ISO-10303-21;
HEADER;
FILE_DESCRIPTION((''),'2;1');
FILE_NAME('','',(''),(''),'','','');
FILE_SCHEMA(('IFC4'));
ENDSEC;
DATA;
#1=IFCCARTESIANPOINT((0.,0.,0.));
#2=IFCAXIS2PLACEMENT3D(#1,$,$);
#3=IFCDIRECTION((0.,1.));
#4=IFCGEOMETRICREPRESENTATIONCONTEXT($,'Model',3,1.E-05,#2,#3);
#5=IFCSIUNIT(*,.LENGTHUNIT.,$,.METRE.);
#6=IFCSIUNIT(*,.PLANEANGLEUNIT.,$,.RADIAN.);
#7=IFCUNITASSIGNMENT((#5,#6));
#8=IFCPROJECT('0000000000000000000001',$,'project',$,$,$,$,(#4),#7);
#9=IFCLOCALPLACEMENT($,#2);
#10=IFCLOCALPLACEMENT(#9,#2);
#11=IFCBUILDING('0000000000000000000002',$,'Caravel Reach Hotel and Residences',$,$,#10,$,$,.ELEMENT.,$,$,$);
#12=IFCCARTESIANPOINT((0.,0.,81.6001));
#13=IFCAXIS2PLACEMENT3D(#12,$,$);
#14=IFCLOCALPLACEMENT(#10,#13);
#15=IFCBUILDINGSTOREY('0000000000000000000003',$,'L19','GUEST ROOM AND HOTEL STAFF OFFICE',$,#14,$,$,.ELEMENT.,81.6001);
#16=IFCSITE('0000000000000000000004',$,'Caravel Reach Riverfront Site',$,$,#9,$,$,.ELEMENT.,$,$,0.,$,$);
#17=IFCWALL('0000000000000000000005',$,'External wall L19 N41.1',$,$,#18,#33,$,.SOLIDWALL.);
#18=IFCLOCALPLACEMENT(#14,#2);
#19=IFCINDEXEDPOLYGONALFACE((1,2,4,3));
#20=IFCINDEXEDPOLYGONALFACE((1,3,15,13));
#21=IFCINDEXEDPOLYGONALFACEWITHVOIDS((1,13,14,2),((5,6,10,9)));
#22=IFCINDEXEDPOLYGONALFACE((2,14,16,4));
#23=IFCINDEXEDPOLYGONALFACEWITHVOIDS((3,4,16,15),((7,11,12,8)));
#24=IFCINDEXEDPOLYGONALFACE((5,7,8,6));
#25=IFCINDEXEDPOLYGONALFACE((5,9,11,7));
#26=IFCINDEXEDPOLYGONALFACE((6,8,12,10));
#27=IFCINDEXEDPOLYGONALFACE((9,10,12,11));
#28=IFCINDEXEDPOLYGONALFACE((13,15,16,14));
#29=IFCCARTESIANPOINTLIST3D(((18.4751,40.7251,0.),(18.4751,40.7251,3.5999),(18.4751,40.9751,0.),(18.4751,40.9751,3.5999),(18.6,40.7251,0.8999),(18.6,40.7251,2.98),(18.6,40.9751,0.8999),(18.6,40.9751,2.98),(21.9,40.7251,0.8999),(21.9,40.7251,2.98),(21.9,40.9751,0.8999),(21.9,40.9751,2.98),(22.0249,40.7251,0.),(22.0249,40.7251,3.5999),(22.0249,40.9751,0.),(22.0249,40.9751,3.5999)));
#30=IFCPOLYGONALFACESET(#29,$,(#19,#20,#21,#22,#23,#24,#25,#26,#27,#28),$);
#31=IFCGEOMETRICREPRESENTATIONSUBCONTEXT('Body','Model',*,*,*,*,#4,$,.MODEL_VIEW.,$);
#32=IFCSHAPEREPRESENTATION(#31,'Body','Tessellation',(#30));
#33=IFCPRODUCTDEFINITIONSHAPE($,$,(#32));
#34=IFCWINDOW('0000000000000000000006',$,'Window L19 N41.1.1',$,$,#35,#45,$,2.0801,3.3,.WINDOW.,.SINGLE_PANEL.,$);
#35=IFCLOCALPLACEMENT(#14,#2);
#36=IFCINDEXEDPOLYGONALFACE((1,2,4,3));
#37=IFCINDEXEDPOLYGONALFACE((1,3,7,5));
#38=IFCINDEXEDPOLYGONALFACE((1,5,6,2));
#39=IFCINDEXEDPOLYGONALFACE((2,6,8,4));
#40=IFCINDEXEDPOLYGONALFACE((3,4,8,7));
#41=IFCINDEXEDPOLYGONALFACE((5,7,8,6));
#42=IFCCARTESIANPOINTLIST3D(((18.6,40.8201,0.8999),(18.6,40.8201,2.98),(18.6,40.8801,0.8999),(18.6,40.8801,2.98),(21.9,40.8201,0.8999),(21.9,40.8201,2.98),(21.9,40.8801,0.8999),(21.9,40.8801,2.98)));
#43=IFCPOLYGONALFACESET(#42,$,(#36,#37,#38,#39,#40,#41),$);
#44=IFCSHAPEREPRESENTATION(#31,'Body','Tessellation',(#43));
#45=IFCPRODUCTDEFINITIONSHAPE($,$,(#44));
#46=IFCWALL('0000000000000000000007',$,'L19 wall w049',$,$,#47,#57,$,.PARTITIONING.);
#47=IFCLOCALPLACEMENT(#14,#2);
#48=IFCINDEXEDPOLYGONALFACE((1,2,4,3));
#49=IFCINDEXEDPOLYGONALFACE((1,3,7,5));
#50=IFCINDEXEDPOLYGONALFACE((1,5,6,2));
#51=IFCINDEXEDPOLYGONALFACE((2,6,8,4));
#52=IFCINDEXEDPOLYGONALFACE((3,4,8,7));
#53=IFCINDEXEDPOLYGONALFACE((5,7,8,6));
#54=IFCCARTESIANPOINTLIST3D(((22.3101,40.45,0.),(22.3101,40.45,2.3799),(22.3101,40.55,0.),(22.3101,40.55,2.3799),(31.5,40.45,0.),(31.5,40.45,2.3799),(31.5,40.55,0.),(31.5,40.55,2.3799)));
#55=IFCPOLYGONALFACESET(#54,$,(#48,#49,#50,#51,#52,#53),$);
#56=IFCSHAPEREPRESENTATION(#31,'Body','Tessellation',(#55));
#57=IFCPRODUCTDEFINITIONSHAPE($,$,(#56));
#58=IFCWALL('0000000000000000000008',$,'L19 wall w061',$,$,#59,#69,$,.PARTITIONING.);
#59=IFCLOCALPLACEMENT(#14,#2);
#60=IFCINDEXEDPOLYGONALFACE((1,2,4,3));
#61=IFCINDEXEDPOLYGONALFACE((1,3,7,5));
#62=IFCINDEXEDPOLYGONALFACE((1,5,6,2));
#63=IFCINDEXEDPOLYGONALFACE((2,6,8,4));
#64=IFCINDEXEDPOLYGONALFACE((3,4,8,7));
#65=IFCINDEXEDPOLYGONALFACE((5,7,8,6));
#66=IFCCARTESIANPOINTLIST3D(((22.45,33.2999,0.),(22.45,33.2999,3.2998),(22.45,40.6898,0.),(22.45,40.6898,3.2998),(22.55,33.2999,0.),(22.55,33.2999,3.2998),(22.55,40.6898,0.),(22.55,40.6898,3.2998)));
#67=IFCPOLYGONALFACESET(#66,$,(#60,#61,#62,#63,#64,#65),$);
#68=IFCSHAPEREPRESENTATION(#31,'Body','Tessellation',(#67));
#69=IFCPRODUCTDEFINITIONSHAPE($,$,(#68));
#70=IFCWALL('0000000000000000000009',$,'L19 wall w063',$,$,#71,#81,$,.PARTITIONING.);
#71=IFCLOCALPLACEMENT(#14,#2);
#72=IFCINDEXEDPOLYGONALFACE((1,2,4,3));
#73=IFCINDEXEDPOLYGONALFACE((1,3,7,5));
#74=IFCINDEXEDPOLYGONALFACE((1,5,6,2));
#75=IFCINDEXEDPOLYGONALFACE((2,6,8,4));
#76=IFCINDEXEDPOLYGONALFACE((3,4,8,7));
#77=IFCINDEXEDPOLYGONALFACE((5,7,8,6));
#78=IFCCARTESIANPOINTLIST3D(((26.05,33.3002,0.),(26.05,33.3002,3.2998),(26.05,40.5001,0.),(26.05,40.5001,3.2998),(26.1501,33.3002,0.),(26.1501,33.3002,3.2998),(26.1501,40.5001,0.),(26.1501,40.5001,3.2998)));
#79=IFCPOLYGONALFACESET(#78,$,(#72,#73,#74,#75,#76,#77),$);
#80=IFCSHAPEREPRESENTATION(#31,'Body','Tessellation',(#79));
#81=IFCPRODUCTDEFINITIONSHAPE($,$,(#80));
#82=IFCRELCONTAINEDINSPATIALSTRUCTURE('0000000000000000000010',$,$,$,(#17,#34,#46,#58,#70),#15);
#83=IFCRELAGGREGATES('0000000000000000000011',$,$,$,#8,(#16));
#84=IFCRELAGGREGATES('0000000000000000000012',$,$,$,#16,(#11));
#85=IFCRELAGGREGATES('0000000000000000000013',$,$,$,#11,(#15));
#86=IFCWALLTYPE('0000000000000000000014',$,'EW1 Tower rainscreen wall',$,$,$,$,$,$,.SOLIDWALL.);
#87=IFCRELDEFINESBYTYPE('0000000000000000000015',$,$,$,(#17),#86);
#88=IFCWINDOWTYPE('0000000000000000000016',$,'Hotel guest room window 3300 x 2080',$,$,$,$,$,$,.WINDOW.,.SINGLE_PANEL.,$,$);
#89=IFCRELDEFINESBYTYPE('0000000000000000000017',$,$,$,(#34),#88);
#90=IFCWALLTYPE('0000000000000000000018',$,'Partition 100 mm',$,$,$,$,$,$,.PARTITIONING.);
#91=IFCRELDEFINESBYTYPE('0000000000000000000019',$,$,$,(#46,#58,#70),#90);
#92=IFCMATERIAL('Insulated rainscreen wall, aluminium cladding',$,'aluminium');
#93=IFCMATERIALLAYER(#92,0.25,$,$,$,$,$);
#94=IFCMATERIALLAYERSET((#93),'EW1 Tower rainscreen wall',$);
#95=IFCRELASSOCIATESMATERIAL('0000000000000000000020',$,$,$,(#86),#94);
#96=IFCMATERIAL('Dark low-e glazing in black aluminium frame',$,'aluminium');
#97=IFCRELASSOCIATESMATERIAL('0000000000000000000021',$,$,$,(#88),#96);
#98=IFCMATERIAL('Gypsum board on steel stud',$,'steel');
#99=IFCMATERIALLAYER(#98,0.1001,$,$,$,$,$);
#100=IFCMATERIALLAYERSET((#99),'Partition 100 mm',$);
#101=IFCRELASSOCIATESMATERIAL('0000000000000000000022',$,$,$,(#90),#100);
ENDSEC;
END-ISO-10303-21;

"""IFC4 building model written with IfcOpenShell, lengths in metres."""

from ifc_helpers import new_model, si_unit, direction, frame, frame_2d, origin, place, context, subcontext, project, spatial, rectangle, extrude, material, layer, layer_set, type_object, element, fill, save


model = new_model("IFC4")

# Units and contexts
model_context = context("Model", 3, precision=1e-05, world=origin(), true_north=direction((0.0, 1.0)))
body_context = subcontext(model_context, "Body", "Model", "MODEL_VIEW")
ifc_project = project(units=[si_unit("LENGTHUNIT", "METRE"), si_unit("PLANEANGLEUNIT", "RADIAN")], contexts=[model_context])

# Site, building, storey
site_placement = place(None, origin())
site = spatial("IfcSite", under=ifc_project, at=site_placement, Name="Caravel Reach Riverfront Site", CompositionType="ELEMENT", RefElevation=0.0)
building_placement = place(site_placement, origin())
building = spatial("IfcBuilding", under=site, at=building_placement, Name="Caravel Reach Hotel and Residences", CompositionType="ELEMENT")
storey_placement = place(building_placement, frame((0.0, 0.0, 81.6001)))
storey = spatial("IfcBuildingStorey", under=building, at=storey_placement, Name="L19", Description="GUEST ROOM AND HOTEL STAFF OFFICE", CompositionType="ELEMENT", Elevation=81.6001)

# Wall, opening, window
ifc_material_1 = material(Name="Insulated rainscreen wall, aluminium cladding", Category="aluminium")
ifc_layer_1 = layer(ifc_material_1, 0.25)
ifc_layer_set_1 = layer_set([ifc_layer_1], Name="EW1 Tower rainscreen wall")
wall_type_1 = type_object("IfcWallType", Name="EW1 Tower rainscreen wall", PredefinedType="SOLIDWALL", material=ifc_layer_set_1)
wall_1_placement = place(storey_placement, frame((22.0249, 40.8501, 0.0), z_axis=(0.0, 0.0, 1.0), x_axis=(-1.0, 0.0, 0.0)))
wall_1 = element("IfcWall", 1, at=wall_1_placement, inside=storey, type_object=wall_type_1, Name="External wall L19 N41.1", PredefinedType="SOLIDWALL", context=body_context, shape_type="SweptSolid", body=[
    extrude(rectangle(XDim=3.5498, YDim=0.25, at=frame_2d((1.7749, 0.0))), origin(), (0.0, 0.0, 1.0), 3.5999),
])
opening_1_placement = place(wall_1_placement, frame((0.125, 0.0, 0.8999)))
opening_1 = element("IfcOpeningElement", 2, at=opening_1_placement, cuts=wall_1, PredefinedType="OPENING", context=body_context, shape_type="SweptSolid", body=[
    extrude(rectangle(XDim=3.3, YDim=2.0801, at=frame_2d((1.6499, 1.04))), frame((0.0, 0.135, 0.0), z_axis=(0.0, -1.0, 0.0), x_axis=(1.0, 0.0, 0.0)), (0.0, 0.0, 1.0), 0.27),
])
ifc_material_2 = material(Name="Dark low-e glazing in black aluminium frame", Category="aluminium")
window_type = type_object("IfcWindowType", Name="Hotel guest room window 3300 x 2080", PartitioningType="SINGLE_PANEL", PredefinedType="WINDOW", material=ifc_material_2)
window_placement = place(opening_1_placement, origin())
window = element("IfcWindow", 3, at=window_placement, inside=storey, type_object=window_type, Name="Window L19 N41.1.1", OverallHeight=2.0801, OverallWidth=3.3, PartitioningType="SINGLE_PANEL", PredefinedType="WINDOW", context=body_context, shape_type="SweptSolid", body=[
    extrude(rectangle(XDim=3.3, YDim=2.0801, at=frame_2d((1.6499, 1.04))), frame((0.0, 0.03, 0.0), z_axis=(0.0, -1.0, 0.0), x_axis=(1.0, 0.0, 0.0)), (0.0, 0.0, 1.0), 0.0601),
])
fill(opening_1, window)

# Walls
ifc_material_3 = material(Name="Gypsum board on steel stud", Category="steel")
ifc_layer_2 = layer(ifc_material_3, 0.1001)
ifc_layer_set_2 = layer_set([ifc_layer_2], Name="Partition 100 mm")
wall_type_2 = type_object("IfcWallType", Name="Partition 100 mm", PredefinedType="PARTITIONING", material=ifc_layer_set_2)
wall_2_placement = place(storey_placement, frame((22.3101, 40.5, 0.0), z_axis=(0.0, 0.0, 1.0), x_axis=(1.0, 0.0, 0.0)))
element("IfcWall", 4, at=wall_2_placement, inside=storey, type_object=wall_type_2, Name="L19 wall w049", PredefinedType="PARTITIONING", context=body_context, shape_type="SweptSolid", body=[
    extrude(rectangle(XDim=9.1899, YDim=0.1001, at=frame_2d((4.595, 0.0))), origin(), (0.0, 0.0, 1.0), 2.3799),
])
wall_3_placement = place(storey_placement, frame((22.5, 33.3, 0.0), z_axis=(0.0, 0.0, 1.0), x_axis=(0.0, 1.0, 0.0)))
element("IfcWall", 5, at=wall_3_placement, inside=storey, type_object=wall_type_2, Name="L19 wall w061", PredefinedType="PARTITIONING", context=body_context, shape_type="SweptSolid", body=[
    extrude(rectangle(XDim=7.3899, YDim=0.1001, at=frame_2d((3.6948, 0.0))), origin(), (0.0, 0.0, 1.0), 3.2998),
])
wall_4_placement = place(storey_placement, frame((26.1001, 33.3, 0.0), z_axis=(0.0, 0.0, 1.0), x_axis=(0.0, 1.0, 0.0)))
element("IfcWall", 6, at=wall_4_placement, inside=storey, type_object=wall_type_2, Name="L19 wall w063", PredefinedType="PARTITIONING", context=body_context, shape_type="SweptSolid", body=[
    extrude(rectangle(XDim=7.2, YDim=0.1001, at=frame_2d((3.6001, 0.0))), origin(), (0.0, 0.0, 1.0), 3.2998),
])

save(model, "model.ifc")
